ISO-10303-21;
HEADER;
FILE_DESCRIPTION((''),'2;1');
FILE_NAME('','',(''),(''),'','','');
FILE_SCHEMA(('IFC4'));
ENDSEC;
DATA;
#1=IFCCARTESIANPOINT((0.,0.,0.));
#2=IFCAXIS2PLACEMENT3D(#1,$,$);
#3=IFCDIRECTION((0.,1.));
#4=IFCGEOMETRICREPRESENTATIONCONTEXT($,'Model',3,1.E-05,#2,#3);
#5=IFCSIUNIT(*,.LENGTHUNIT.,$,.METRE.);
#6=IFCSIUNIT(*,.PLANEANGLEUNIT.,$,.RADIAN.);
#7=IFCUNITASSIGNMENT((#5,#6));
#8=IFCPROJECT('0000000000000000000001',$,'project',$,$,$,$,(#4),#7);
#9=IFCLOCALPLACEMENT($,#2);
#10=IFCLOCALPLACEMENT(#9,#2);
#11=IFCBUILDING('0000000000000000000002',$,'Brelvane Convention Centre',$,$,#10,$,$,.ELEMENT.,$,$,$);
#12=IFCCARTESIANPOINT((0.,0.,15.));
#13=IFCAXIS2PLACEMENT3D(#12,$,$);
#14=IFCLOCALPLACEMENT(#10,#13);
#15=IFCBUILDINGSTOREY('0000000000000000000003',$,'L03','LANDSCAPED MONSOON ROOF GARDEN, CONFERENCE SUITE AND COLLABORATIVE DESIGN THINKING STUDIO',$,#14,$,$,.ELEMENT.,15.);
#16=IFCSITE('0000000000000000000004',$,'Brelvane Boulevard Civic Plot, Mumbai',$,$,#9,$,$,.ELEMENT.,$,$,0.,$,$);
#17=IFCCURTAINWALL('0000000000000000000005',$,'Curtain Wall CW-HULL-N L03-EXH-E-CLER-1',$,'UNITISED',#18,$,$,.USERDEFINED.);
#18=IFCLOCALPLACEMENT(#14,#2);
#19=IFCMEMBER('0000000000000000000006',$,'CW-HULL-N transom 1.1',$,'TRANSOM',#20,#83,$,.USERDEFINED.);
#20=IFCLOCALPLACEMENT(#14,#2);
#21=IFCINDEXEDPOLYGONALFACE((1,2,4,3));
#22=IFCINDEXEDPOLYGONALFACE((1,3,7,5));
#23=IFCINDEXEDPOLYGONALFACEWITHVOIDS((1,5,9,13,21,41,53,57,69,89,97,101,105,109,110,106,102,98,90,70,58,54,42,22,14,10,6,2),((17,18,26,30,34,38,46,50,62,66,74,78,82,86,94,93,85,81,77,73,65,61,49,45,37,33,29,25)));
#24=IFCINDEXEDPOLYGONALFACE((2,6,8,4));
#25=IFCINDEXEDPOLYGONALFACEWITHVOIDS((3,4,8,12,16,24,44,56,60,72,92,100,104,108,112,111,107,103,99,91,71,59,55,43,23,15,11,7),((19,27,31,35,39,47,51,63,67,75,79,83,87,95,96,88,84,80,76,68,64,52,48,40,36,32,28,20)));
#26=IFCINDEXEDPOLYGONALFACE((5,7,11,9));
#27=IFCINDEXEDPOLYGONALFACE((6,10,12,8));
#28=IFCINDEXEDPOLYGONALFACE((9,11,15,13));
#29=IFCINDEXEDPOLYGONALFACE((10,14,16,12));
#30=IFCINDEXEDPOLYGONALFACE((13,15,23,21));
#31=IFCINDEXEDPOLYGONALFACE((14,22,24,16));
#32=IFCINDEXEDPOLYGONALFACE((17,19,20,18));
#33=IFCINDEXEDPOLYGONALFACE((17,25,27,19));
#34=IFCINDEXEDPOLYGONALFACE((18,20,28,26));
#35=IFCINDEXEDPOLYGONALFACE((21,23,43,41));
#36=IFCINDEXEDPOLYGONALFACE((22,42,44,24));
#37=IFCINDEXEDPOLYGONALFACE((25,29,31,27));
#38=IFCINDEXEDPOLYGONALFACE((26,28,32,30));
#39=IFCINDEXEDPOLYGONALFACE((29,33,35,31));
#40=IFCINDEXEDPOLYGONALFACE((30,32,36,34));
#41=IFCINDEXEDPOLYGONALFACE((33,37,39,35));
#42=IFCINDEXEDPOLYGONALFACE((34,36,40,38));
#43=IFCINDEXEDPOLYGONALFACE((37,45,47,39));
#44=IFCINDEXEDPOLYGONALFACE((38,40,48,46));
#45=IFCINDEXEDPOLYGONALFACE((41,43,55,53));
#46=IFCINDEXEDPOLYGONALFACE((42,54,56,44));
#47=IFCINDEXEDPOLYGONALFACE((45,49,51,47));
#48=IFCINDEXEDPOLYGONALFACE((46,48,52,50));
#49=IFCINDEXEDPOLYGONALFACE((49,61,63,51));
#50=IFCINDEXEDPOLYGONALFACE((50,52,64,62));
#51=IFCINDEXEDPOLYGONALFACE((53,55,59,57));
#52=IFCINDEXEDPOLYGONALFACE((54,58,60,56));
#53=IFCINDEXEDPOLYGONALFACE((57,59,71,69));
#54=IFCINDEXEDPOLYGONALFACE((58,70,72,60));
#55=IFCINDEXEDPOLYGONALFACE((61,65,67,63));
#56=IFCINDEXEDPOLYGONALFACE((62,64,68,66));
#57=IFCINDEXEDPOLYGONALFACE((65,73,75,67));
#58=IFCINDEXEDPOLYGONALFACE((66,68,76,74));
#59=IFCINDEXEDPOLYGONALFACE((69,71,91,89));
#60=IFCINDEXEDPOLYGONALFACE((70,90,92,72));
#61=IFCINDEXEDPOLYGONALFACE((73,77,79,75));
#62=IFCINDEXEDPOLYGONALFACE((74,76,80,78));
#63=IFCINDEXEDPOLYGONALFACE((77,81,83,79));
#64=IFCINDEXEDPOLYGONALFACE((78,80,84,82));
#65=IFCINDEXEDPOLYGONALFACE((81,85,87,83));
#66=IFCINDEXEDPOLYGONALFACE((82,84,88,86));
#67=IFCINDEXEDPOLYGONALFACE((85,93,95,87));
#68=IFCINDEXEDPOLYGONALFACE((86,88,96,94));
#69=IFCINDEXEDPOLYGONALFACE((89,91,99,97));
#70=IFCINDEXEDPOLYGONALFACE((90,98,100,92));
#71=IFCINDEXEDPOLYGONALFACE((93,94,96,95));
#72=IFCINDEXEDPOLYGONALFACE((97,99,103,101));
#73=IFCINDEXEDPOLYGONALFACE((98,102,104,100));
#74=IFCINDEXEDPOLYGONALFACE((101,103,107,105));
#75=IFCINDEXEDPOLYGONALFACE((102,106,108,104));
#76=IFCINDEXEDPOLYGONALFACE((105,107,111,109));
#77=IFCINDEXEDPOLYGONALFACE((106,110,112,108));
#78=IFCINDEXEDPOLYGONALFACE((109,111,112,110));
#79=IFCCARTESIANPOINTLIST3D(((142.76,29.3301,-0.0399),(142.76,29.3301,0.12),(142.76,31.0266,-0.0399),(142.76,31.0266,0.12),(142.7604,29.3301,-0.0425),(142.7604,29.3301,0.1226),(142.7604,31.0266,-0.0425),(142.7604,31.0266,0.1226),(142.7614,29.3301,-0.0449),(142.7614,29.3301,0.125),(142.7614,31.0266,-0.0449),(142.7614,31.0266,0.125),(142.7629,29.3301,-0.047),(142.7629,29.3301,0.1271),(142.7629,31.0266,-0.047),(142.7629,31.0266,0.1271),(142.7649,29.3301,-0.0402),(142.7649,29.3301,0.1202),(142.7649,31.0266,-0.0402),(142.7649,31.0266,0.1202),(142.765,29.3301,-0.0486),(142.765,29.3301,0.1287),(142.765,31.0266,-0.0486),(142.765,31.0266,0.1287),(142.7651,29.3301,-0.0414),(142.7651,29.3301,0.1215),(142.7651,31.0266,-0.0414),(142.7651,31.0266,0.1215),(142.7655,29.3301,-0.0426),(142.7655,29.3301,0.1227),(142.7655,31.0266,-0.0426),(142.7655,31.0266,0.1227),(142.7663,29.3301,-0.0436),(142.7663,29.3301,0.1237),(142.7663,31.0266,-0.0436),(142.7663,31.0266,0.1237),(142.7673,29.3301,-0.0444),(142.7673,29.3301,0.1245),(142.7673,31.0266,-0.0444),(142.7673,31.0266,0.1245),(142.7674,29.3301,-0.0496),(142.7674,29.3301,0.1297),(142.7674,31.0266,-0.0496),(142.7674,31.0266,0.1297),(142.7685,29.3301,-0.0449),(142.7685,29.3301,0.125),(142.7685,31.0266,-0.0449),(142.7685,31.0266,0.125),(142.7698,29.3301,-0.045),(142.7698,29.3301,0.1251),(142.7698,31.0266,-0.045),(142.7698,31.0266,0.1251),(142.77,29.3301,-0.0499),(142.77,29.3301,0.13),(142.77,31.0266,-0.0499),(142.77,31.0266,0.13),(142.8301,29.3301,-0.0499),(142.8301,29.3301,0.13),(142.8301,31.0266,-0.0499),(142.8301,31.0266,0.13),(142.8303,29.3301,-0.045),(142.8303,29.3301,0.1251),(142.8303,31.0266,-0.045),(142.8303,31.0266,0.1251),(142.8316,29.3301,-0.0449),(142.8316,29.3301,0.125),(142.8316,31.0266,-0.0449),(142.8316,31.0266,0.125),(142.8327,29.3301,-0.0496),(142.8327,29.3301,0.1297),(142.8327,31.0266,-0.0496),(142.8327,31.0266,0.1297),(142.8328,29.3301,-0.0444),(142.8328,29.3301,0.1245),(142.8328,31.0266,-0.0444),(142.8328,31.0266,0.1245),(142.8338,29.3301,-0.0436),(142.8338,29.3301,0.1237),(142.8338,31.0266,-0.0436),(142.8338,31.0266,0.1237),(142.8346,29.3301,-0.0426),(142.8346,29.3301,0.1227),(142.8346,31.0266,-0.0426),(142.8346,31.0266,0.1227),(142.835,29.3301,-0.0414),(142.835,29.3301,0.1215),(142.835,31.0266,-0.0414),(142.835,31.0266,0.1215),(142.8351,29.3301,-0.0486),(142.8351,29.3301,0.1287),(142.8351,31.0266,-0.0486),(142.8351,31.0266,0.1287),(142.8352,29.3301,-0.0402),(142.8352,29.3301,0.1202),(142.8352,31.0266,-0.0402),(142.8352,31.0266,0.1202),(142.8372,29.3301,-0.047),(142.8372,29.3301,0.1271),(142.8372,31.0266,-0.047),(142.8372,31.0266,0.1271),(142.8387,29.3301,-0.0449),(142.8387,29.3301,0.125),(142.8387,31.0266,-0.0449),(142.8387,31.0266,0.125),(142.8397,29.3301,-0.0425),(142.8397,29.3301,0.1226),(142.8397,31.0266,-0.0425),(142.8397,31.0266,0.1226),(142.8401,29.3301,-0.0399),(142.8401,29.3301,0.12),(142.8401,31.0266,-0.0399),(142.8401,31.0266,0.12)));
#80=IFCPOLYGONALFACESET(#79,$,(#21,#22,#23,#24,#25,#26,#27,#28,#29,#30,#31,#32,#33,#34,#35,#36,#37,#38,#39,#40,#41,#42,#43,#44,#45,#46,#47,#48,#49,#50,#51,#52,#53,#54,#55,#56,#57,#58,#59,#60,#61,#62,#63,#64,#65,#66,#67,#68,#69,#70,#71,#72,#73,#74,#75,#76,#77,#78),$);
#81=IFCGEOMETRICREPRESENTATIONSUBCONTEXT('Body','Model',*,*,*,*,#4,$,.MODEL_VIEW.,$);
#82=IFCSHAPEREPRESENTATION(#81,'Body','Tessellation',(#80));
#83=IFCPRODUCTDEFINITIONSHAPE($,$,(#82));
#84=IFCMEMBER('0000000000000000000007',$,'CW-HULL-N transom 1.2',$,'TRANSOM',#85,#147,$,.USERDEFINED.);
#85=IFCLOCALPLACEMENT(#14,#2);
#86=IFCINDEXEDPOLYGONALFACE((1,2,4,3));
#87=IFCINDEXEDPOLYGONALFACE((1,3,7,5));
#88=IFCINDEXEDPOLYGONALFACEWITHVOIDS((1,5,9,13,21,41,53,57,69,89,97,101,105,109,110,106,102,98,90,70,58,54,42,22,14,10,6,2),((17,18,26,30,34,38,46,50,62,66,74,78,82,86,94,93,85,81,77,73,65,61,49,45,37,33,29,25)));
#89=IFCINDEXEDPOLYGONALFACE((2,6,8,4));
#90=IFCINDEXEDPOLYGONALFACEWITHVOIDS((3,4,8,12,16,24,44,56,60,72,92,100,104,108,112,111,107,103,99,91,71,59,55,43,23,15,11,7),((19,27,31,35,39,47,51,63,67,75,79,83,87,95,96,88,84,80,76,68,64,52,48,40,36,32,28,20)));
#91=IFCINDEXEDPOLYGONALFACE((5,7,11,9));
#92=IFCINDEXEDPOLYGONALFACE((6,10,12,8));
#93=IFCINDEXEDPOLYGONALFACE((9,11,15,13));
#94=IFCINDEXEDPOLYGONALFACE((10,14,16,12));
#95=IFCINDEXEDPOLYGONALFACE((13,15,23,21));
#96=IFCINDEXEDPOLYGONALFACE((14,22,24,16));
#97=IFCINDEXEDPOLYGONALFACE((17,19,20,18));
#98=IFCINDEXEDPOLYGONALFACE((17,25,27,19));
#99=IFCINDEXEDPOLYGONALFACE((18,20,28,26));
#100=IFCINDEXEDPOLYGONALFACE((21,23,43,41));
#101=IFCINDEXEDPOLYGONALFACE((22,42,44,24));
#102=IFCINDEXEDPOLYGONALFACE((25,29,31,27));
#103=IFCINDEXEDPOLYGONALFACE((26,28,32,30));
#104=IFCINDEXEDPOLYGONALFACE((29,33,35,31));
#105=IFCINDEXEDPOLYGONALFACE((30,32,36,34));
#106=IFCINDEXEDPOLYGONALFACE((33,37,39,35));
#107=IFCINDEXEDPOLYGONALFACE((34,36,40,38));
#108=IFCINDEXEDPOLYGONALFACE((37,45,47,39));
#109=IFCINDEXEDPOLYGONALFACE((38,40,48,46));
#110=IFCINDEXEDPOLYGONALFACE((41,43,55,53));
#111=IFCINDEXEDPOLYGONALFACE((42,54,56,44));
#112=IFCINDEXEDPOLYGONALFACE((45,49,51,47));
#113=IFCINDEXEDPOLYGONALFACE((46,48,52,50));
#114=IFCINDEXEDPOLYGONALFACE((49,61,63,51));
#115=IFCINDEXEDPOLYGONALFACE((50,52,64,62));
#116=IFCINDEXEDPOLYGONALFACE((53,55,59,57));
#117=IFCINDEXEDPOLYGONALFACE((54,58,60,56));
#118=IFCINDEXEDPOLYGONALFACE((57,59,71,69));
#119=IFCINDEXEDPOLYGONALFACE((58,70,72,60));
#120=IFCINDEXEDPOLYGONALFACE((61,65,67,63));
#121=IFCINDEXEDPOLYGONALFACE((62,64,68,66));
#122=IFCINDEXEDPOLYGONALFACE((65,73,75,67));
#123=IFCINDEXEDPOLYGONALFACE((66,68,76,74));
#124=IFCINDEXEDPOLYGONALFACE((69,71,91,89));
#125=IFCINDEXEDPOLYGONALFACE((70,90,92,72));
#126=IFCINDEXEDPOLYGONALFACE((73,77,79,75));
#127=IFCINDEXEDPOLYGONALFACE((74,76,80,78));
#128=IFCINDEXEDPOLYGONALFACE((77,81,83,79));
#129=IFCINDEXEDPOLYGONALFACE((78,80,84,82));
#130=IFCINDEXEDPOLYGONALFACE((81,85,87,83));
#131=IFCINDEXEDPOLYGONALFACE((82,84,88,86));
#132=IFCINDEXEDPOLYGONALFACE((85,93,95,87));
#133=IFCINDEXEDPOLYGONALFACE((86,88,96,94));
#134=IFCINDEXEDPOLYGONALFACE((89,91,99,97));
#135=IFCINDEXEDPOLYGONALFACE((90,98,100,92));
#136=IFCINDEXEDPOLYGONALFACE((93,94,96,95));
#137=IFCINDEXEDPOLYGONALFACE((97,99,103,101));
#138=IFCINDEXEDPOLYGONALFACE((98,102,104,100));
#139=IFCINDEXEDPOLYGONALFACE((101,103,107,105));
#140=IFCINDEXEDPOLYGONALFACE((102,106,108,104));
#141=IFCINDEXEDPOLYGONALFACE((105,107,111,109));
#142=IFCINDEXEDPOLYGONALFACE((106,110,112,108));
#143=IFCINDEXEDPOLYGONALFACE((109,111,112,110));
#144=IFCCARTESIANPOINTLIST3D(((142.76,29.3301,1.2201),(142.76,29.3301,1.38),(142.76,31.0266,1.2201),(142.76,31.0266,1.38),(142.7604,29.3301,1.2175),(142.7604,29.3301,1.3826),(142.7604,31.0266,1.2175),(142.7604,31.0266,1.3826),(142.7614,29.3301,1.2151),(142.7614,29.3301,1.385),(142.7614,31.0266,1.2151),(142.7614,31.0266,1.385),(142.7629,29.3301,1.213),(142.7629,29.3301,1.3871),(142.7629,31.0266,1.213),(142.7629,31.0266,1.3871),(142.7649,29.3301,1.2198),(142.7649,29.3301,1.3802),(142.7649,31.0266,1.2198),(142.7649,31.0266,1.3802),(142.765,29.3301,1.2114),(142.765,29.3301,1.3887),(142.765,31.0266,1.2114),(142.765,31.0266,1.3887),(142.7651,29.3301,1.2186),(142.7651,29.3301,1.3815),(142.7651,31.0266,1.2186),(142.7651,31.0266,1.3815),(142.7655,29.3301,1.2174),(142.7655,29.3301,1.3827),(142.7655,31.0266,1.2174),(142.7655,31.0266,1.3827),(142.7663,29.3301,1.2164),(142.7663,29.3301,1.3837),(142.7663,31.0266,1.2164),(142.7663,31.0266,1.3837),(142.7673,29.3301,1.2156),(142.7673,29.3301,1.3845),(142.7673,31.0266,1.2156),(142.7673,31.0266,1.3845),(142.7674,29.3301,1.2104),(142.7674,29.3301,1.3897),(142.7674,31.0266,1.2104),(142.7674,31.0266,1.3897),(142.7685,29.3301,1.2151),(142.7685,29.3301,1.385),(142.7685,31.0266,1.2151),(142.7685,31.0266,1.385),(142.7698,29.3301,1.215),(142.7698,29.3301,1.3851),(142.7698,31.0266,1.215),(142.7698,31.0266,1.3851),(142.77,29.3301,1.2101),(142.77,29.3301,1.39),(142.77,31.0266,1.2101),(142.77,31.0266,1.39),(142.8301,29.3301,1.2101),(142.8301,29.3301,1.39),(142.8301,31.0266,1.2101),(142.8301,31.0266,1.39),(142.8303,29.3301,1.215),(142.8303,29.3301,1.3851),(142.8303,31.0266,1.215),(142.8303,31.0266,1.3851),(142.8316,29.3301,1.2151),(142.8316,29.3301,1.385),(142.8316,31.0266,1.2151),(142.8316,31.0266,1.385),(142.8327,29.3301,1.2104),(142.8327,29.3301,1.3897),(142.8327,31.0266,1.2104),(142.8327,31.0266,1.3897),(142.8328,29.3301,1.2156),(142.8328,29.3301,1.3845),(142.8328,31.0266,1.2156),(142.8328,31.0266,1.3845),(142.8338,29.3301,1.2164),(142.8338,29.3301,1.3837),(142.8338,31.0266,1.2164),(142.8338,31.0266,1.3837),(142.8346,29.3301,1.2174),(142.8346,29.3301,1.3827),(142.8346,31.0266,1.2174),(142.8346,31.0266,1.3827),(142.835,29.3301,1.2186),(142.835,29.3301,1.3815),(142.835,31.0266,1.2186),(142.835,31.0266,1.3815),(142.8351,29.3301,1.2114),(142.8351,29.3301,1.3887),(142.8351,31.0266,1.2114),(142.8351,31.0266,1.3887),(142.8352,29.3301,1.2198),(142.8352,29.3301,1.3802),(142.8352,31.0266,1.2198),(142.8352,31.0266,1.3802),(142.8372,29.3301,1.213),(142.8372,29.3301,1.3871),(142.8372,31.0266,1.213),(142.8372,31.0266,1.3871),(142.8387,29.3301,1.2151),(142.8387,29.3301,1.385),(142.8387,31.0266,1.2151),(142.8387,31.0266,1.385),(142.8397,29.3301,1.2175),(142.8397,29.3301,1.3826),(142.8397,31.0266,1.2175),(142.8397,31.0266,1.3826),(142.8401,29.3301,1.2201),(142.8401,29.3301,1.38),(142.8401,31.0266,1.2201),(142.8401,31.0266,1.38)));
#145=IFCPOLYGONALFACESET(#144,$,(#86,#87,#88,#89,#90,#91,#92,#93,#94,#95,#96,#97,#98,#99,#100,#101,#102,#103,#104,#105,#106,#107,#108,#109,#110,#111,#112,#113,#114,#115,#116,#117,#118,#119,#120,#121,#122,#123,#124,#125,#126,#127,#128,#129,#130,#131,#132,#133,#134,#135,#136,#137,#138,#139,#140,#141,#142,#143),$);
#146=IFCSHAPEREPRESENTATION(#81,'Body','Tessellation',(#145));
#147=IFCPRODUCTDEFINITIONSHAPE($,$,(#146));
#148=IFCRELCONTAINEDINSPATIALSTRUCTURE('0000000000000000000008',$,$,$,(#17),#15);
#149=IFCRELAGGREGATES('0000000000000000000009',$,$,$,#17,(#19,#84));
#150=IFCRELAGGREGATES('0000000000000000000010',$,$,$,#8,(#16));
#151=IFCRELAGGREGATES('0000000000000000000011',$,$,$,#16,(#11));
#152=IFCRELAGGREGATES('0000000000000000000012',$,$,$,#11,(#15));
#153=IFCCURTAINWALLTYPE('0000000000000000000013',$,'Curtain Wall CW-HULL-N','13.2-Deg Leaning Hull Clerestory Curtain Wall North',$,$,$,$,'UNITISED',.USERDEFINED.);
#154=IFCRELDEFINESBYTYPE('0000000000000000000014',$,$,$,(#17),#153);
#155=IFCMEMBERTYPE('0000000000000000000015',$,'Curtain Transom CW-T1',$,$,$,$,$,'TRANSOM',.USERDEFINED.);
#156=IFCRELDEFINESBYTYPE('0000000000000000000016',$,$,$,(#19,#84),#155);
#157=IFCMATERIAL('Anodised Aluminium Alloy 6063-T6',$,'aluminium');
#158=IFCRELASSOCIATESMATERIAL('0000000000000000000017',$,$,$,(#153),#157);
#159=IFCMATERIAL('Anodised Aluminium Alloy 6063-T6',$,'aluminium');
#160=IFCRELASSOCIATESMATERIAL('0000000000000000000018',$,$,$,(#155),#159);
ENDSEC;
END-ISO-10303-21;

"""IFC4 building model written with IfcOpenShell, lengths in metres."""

from ifc_helpers import new_model, si_unit, direction, frame, origin, origin_2d, place, context, subcontext, project, spatial, hollow_rectangle, extrude, material, material_profile, profile_set, type_object, element, aggregate, save


model = new_model("IFC4")

# Units and contexts
model_context = context("Model", 3, precision=1e-05, world=origin(), true_north=direction((0.0, 1.0)))
body_context = subcontext(model_context, "Body", "Model", "MODEL_VIEW")
ifc_project = project(units=[si_unit("LENGTHUNIT", "METRE"), si_unit("PLANEANGLEUNIT", "RADIAN")], contexts=[model_context])

# Site, building, storey
site_placement = place(None, origin())
site = spatial("IfcSite", under=ifc_project, at=site_placement, Name="Brelvane Boulevard Civic Plot, Mumbai", CompositionType="ELEMENT", RefElevation=0.0)
building_placement = place(site_placement, origin())
building = spatial("IfcBuilding", under=site, at=building_placement, Name="Brelvane Convention Centre", CompositionType="ELEMENT")
storey_placement = place(building_placement, frame((0.0, 0.0, 15.0)))
storey = spatial("IfcBuildingStorey", under=building, at=storey_placement, Name="L03", Description="LANDSCAPED MONSOON ROOF GARDEN, CONFERENCE SUITE AND COLLABORATIVE DESIGN THINKING STUDIO", CompositionType="ELEMENT", Elevation=15.0)

# Curtain wall, members
ifc_material_1 = material(Name="Anodised Aluminium Alloy 6063-T6", Category="aluminium")
curtain_wall_type = type_object("IfcCurtainWallType", Name="Curtain Wall CW-HULL-N", Description="13.2-Deg Leaning Hull Clerestory Curtain Wall North", ElementType="UNITISED", PredefinedType="USERDEFINED", material=ifc_material_1)
curtain_wall_placement = place(storey_placement, origin())
curtain_wall = element("IfcCurtainWall", 1, at=curtain_wall_placement, inside=storey, type_object=curtain_wall_type, Name="Curtain Wall CW-HULL-N L03-EXH-E-CLER-1", ObjectType="UNITISED", PredefinedType="USERDEFINED")
ifc_material_2 = material(Name="Anodised Aluminium Alloy 6063-T6", Category="aluminium")
ifc_material_profile_1 = material_profile(ifc_material_2, hollow_rectangle(XDim=0.0801, YDim=0.1799, WallThickness=0.0049, InnerFilletRadius=0.0049, OuterFilletRadius=0.01, at=origin_2d()), Name="ALU-T 180x80x5.0")
ifc_profile_set_1 = profile_set([ifc_material_profile_1], Name="Anodised Aluminium Alloy 6063-T6")
member_type_1 = type_object("IfcMemberType", Name="Curtain Transom CW-T1", ElementType="TRANSOM", PredefinedType="USERDEFINED", material=ifc_profile_set_1)
member_1_placement = place(storey_placement, frame((142.8, 29.3301, 0.04), z_axis=(0.0, 1.0, 0.0), x_axis=(-1.0, 0.0, 0.0)))
member_1 = element("IfcMember", 2, at=member_1_placement, type_object=member_type_1, Name="CW-HULL-N transom 1.1", ObjectType="TRANSOM", PredefinedType="USERDEFINED", context=body_context, shape_type="SweptSolid", body=[
    extrude(hollow_rectangle(XDim=0.0801, YDim=0.1799, WallThickness=0.0049, InnerFilletRadius=0.0049, OuterFilletRadius=0.01, at=origin_2d()), origin(), (0.0, 0.0, 1.0), 1.6965),
])
member_2_placement = place(storey_placement, frame((142.8, 29.3301, 1.3), z_axis=(0.0, 1.0, 0.0), x_axis=(-1.0, 0.0, 0.0)))
member_2 = element("IfcMember", 3, at=member_2_placement, type_object=member_type_1, Name="CW-HULL-N transom 1.2", ObjectType="TRANSOM", PredefinedType="USERDEFINED", context=body_context, shape_type="SweptSolid", body=[
    extrude(hollow_rectangle(XDim=0.0801, YDim=0.1799, WallThickness=0.0049, InnerFilletRadius=0.0049, OuterFilletRadius=0.01, at=origin_2d()), origin(), (0.0, 0.0, 1.0), 1.6965),
])

aggregate(curtain_wall, [member_1, member_2])

save(model, "model.ifc")
